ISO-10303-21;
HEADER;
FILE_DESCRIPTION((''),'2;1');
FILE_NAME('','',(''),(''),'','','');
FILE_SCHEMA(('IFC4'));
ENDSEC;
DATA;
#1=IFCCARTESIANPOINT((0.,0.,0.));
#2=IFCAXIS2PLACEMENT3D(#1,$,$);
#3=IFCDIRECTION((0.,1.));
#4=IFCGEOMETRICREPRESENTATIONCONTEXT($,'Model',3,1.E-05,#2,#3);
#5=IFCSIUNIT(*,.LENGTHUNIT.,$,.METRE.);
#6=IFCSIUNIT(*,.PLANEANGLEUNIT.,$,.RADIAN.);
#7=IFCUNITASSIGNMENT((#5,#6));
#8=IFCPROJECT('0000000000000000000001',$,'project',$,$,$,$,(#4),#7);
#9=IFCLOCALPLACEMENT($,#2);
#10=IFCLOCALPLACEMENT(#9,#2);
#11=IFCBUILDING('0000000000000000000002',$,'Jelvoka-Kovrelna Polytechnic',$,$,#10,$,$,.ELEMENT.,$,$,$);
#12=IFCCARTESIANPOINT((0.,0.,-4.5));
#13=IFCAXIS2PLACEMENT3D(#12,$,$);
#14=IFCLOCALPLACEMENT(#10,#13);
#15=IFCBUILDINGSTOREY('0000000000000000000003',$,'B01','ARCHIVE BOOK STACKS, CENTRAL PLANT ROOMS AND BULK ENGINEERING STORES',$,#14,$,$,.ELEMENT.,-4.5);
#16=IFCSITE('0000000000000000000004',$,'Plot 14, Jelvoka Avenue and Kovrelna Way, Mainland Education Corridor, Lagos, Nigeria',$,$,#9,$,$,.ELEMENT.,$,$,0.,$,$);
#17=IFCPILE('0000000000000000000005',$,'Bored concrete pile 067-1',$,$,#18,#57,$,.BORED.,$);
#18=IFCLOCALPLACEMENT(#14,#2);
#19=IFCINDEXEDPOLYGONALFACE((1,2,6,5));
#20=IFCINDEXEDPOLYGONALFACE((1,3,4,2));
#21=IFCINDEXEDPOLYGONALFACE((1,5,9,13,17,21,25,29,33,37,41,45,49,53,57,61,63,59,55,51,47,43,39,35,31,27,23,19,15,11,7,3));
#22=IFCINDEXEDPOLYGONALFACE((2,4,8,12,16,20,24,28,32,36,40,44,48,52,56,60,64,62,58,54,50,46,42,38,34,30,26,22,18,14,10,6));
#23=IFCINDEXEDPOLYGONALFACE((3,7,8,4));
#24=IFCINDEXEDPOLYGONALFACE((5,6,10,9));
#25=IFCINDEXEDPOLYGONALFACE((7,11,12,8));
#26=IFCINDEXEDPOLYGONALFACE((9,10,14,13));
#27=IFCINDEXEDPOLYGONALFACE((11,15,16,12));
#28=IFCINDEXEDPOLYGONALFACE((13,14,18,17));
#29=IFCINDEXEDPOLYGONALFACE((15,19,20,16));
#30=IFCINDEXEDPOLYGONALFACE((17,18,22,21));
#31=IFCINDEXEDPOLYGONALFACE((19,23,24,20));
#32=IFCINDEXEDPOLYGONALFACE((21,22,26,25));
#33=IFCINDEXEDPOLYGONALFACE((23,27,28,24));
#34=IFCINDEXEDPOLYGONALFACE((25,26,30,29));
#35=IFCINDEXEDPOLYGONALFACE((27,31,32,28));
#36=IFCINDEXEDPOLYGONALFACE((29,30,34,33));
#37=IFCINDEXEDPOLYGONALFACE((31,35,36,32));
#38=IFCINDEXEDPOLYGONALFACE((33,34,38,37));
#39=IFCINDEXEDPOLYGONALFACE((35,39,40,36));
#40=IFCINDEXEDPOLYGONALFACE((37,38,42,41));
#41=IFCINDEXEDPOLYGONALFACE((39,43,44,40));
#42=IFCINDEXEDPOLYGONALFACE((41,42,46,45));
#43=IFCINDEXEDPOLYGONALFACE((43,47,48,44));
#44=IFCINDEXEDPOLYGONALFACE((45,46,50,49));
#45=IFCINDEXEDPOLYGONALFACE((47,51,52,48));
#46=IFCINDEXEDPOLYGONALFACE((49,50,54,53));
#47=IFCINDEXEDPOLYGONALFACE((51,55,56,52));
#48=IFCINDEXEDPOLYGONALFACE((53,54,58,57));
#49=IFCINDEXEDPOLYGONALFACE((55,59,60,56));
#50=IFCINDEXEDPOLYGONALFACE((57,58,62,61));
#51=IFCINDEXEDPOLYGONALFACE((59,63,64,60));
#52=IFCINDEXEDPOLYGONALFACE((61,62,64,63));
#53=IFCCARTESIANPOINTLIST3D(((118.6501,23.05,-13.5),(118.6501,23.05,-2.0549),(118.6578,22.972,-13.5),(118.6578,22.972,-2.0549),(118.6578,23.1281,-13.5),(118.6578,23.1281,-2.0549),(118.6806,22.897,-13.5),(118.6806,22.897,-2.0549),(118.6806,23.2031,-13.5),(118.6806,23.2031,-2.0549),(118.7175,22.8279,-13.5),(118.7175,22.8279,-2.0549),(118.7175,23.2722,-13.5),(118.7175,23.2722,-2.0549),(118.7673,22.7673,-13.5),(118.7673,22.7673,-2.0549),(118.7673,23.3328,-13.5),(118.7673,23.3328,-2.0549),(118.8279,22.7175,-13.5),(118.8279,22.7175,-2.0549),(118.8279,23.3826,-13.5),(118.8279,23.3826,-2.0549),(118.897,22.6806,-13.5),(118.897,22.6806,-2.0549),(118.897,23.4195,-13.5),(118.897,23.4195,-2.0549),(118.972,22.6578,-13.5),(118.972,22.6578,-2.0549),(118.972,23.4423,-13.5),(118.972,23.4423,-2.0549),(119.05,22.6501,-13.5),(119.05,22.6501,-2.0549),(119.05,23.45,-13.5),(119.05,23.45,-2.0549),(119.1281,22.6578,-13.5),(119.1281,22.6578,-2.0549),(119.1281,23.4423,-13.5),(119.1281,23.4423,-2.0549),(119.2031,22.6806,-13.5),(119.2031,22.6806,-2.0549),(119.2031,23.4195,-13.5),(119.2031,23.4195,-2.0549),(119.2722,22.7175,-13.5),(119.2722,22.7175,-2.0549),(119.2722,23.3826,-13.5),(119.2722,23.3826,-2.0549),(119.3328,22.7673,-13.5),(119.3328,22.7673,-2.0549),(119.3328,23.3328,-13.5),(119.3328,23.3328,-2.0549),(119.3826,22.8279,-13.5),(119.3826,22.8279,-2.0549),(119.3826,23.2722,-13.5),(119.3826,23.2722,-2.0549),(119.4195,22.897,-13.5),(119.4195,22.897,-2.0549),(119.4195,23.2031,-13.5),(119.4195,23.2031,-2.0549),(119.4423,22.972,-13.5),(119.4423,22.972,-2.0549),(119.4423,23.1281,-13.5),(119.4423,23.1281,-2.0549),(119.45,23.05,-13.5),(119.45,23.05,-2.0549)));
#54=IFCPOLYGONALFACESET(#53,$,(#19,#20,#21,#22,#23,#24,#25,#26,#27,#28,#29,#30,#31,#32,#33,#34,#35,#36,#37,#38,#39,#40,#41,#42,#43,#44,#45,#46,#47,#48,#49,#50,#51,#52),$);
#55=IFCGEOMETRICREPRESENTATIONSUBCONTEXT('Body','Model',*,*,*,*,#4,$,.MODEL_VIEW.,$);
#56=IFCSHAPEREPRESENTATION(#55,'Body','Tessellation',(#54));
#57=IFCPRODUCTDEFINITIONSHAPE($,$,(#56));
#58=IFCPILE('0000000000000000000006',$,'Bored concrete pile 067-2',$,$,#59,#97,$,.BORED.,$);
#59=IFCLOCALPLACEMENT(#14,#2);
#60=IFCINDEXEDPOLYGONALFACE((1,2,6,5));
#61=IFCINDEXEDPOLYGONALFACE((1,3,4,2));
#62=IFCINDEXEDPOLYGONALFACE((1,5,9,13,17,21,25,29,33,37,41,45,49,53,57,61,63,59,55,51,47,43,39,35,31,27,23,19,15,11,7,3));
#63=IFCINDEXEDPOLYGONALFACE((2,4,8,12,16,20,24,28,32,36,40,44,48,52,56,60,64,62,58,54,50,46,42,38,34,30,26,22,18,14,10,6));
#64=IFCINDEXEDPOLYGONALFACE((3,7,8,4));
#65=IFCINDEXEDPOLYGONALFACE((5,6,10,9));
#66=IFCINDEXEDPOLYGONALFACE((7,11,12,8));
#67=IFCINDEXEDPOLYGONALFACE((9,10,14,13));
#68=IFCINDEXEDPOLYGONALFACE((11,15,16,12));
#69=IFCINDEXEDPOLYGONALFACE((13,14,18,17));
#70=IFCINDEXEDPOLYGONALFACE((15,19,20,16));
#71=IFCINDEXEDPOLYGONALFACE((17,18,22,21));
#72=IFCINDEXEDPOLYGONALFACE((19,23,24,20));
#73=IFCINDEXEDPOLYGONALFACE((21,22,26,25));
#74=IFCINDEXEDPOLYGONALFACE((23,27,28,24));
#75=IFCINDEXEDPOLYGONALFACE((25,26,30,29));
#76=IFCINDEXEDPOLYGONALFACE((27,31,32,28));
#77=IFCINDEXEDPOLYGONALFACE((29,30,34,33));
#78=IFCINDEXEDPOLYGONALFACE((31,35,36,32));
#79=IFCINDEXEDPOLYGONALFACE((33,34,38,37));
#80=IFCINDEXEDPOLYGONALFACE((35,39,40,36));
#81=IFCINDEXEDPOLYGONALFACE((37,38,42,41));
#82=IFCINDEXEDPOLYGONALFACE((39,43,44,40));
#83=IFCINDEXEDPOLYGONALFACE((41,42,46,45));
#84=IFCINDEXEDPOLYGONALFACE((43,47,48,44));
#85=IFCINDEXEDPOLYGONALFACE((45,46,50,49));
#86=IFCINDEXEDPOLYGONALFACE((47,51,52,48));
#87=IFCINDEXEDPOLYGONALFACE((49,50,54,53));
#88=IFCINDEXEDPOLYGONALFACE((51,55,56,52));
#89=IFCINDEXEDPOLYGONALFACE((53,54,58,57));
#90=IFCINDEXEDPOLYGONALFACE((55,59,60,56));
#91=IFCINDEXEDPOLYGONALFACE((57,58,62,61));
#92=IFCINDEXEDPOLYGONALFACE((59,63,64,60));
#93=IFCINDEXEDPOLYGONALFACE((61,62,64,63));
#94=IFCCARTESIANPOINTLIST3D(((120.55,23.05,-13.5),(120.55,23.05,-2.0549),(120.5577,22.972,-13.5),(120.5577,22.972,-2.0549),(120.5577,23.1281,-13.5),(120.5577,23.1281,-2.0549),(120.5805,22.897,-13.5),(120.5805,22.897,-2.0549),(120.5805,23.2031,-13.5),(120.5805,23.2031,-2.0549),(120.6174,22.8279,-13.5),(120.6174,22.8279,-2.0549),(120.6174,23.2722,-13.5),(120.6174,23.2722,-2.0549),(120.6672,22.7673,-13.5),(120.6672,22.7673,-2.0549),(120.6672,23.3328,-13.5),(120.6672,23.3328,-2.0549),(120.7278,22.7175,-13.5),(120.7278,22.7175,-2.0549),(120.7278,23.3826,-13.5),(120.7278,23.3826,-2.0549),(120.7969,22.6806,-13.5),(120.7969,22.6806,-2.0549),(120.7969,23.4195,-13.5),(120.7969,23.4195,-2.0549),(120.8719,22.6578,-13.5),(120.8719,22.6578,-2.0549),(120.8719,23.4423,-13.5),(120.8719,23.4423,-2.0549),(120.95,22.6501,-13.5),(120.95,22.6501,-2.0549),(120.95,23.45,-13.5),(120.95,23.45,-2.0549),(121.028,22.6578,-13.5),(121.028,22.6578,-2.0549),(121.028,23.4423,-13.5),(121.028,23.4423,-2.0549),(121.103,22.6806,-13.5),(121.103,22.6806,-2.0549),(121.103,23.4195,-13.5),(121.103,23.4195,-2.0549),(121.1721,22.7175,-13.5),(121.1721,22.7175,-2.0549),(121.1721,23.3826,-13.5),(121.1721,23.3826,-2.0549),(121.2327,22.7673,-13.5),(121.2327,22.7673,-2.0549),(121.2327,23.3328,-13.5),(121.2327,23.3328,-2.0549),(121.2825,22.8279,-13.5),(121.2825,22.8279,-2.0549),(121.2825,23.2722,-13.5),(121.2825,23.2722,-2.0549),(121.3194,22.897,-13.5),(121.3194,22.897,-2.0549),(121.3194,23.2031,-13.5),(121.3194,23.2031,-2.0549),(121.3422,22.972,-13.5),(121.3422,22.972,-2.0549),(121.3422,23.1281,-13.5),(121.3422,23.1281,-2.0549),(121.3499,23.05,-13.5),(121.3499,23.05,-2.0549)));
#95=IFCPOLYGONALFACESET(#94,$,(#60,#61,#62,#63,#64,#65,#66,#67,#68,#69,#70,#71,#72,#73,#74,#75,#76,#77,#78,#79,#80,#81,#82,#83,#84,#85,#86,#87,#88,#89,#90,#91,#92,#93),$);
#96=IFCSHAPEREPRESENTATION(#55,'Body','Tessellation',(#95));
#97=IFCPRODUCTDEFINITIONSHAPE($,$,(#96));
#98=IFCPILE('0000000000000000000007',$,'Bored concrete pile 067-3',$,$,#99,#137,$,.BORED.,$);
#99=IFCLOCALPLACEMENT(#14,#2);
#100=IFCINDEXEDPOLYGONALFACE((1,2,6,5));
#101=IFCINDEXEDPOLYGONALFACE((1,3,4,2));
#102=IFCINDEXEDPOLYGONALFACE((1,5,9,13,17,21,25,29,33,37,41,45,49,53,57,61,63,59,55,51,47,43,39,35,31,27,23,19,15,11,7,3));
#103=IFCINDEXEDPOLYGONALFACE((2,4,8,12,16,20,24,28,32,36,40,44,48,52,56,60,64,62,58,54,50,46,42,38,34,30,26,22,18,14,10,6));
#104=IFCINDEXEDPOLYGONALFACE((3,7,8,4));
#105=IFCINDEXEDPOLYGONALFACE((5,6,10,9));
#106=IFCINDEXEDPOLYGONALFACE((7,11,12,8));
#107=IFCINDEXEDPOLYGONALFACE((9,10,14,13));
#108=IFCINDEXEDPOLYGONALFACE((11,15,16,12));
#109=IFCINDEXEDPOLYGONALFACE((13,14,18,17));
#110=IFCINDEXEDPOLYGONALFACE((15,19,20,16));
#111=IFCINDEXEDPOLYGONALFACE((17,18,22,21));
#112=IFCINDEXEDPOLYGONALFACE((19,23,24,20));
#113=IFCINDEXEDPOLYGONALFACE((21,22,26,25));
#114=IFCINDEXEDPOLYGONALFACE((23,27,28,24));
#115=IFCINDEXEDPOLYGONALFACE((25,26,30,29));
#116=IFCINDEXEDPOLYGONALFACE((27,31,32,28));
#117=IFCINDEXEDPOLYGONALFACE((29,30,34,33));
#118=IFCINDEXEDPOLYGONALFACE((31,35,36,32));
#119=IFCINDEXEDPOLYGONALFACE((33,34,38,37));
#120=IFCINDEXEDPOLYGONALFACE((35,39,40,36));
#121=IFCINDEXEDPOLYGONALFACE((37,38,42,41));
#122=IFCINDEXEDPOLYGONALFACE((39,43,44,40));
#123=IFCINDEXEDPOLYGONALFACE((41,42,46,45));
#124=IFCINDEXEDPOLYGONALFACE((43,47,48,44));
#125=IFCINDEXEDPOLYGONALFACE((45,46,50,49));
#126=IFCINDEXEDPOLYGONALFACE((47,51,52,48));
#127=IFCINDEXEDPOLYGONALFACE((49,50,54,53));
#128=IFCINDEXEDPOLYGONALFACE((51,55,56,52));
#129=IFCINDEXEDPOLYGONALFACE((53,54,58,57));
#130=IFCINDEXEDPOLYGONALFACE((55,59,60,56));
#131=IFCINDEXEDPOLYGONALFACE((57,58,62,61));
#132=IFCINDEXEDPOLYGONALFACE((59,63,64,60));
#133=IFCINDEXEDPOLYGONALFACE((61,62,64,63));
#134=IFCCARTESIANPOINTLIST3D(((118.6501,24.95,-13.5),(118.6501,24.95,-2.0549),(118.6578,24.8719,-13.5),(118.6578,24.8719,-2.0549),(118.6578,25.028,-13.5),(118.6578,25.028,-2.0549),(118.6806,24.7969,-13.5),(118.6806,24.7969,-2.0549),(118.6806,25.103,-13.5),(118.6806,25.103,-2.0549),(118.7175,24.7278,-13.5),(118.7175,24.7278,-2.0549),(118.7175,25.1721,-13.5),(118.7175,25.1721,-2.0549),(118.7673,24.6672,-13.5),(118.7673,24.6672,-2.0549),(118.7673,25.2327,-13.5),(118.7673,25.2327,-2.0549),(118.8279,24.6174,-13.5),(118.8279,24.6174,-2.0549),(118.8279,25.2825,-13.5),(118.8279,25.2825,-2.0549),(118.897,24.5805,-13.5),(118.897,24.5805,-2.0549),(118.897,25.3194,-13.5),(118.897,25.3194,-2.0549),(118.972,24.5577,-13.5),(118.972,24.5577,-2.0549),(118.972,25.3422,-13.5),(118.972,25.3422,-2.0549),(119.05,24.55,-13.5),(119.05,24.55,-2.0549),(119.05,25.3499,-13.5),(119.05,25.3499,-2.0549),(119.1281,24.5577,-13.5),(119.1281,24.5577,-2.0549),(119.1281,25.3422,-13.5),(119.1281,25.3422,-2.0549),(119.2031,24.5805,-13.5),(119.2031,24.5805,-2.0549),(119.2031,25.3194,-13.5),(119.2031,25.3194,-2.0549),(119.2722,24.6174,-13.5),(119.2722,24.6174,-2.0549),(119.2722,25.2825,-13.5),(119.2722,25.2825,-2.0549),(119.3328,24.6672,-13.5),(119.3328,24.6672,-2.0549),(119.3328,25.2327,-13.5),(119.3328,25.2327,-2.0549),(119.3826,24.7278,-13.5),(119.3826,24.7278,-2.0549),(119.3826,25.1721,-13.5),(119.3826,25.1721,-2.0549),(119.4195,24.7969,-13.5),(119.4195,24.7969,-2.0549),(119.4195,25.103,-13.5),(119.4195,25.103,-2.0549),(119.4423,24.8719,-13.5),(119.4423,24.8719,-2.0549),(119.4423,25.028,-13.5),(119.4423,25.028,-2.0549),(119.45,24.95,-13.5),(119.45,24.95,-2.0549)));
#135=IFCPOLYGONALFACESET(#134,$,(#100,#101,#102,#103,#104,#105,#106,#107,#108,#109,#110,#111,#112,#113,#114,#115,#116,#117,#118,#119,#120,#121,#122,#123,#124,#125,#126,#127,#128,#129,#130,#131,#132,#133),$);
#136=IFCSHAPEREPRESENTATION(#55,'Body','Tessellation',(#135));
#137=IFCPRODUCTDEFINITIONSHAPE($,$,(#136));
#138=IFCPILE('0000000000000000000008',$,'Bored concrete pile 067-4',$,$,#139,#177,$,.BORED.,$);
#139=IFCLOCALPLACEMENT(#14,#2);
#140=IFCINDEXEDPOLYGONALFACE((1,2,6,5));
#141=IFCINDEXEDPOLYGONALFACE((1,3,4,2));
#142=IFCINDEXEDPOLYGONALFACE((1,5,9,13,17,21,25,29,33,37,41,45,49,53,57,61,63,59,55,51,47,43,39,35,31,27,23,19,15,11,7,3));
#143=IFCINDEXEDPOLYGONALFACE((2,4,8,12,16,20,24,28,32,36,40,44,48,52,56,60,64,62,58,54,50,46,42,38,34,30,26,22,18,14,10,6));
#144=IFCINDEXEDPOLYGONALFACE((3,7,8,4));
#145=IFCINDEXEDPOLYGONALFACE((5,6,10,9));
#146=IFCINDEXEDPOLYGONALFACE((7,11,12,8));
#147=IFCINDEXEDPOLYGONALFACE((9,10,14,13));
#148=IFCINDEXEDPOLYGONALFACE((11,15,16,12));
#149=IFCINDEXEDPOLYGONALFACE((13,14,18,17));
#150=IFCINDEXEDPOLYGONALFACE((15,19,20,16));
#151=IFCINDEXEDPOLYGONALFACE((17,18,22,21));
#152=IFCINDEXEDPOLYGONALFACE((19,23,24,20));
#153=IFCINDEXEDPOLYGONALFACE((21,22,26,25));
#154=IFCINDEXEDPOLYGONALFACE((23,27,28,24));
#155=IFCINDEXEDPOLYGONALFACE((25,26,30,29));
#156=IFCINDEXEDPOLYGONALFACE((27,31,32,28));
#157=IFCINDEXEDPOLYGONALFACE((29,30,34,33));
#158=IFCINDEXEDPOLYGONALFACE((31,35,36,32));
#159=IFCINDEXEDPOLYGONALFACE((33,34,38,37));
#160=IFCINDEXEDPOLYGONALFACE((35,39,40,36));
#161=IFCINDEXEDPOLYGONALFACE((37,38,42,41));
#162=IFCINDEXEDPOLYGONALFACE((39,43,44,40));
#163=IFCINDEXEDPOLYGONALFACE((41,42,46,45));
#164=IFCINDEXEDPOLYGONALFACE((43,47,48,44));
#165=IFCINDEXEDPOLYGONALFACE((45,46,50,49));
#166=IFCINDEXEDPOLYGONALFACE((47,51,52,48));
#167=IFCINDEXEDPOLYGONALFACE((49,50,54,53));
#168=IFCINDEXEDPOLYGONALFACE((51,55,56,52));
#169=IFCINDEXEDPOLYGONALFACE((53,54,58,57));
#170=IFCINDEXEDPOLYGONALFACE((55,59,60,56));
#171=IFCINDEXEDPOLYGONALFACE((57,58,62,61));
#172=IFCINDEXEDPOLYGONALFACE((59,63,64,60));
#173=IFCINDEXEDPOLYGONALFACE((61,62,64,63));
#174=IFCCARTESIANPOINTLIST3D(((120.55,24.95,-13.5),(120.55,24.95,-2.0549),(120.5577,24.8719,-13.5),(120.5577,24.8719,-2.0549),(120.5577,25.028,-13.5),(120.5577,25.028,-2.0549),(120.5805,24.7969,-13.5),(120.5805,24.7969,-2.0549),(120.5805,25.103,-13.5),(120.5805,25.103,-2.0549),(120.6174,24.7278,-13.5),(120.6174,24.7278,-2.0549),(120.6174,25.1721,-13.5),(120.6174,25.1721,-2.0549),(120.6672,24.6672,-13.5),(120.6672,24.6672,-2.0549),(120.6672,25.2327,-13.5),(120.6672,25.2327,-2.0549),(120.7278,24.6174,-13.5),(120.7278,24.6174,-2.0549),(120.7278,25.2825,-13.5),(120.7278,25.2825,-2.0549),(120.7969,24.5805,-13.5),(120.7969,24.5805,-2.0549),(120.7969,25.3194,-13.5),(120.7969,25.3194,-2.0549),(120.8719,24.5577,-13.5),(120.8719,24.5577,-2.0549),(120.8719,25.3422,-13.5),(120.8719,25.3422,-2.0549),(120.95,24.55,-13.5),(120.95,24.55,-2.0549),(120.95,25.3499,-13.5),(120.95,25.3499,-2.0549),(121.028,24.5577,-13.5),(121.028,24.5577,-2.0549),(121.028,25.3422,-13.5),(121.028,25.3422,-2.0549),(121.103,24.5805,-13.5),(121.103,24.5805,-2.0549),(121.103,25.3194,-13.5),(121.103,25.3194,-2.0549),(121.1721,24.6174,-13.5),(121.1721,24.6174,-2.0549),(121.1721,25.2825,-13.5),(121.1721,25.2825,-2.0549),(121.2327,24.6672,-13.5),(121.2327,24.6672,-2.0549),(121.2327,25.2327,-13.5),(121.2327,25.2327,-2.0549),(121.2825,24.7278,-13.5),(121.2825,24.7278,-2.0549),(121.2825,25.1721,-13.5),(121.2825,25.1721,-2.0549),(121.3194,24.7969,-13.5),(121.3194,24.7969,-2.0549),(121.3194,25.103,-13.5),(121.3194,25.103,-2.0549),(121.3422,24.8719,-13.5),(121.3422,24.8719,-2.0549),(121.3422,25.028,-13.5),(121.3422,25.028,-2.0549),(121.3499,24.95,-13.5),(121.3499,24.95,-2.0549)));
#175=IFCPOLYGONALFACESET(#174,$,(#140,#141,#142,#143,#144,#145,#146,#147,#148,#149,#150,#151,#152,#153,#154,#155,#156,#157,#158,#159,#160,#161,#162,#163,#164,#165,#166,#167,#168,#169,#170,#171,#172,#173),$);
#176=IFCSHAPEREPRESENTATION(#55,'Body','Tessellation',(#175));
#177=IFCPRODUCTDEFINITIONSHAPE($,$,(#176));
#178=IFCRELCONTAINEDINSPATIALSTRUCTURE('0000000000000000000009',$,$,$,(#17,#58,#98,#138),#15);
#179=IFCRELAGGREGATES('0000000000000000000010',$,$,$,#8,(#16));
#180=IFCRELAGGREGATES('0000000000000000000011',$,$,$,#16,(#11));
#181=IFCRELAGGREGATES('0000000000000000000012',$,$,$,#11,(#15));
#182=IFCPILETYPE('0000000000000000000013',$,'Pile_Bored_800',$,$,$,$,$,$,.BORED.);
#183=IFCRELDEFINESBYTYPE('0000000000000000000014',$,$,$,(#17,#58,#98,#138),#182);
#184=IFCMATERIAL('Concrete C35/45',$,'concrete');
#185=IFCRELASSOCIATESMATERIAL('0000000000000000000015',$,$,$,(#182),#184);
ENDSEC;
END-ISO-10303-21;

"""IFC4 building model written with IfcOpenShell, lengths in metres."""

from ifc_helpers import new_model, si_unit, direction, frame, origin, origin_2d, place, context, subcontext, project, spatial, circle, extrude, material, material_profile, profile_set, type_object, element, save


model = new_model("IFC4")

# Units and contexts
model_context = context("Model", 3, precision=1e-05, world=origin(), true_north=direction((0.0, 1.0)))
body_context = subcontext(model_context, "Body", "Model", "MODEL_VIEW")
ifc_project = project(units=[si_unit("LENGTHUNIT", "METRE"), si_unit("PLANEANGLEUNIT", "RADIAN")], contexts=[model_context])

# Site, building, storey
site_placement = place(None, origin())
site = spatial("IfcSite", under=ifc_project, at=site_placement, Name="Plot 14, Jelvoka Avenue and Kovrelna Way, Mainland Education Corridor, Lagos, Nigeria", CompositionType="ELEMENT", RefElevation=0.0)
building_placement = place(site_placement, origin())
building = spatial("IfcBuilding", under=site, at=building_placement, Name="Jelvoka-Kovrelna Polytechnic", CompositionType="ELEMENT")
storey_placement = place(building_placement, frame((0.0, 0.0, -4.5)))
storey = spatial("IfcBuildingStorey", under=building, at=storey_placement, Name="B01", Description="ARCHIVE BOOK STACKS, CENTRAL PLANT ROOMS AND BULK ENGINEERING STORES", CompositionType="ELEMENT", Elevation=-4.5)

# Piles
ifc_material_1 = material(Name="Concrete C35/45", Category="concrete")
ifc_material_profile_1 = material_profile(ifc_material_1, circle(Radius=0.3999, at=origin_2d()), Name="PILE D800")
ifc_profile_set_1 = profile_set([ifc_material_profile_1], Name="Concrete C35/45")
pile_type = type_object("IfcPileType", Name="Pile_Bored_800", PredefinedType="BORED", material=ifc_profile_set_1)
for number, where, z_axis, x_axis, name in (
    (1, (119.05, 23.05, -2.0549), (0.0, 0.0, -1.0), (1.0, 0.0, 0.0), "Bored concrete pile 067-1"),
    (2, (120.95, 23.05, -2.0549), (0.0, 0.0, -1.0), (1.0, 0.0, 0.0), "Bored concrete pile 067-2"),
    (3, (119.05, 24.95, -2.0549), (0.0, 0.0, -1.0), (1.0, 0.0, 0.0), "Bored concrete pile 067-3"),
    (4, (120.95, 24.95, -2.0549), (0.0, 0.0, -1.0), (1.0, 0.0, 0.0), "Bored concrete pile 067-4"),
):
    element("IfcPile", number, at=place(storey_placement, frame(where, z_axis=z_axis, x_axis=x_axis)), inside=storey, type_object=pile_type, Name=name, PredefinedType="BORED", context=body_context, shape_type="SweptSolid", body=[
        extrude(circle(Radius=0.3999, at=origin_2d()), origin(), (0.0, 0.0, 1.0), 11.4451),
    ])

save(model, "model.ifc")
